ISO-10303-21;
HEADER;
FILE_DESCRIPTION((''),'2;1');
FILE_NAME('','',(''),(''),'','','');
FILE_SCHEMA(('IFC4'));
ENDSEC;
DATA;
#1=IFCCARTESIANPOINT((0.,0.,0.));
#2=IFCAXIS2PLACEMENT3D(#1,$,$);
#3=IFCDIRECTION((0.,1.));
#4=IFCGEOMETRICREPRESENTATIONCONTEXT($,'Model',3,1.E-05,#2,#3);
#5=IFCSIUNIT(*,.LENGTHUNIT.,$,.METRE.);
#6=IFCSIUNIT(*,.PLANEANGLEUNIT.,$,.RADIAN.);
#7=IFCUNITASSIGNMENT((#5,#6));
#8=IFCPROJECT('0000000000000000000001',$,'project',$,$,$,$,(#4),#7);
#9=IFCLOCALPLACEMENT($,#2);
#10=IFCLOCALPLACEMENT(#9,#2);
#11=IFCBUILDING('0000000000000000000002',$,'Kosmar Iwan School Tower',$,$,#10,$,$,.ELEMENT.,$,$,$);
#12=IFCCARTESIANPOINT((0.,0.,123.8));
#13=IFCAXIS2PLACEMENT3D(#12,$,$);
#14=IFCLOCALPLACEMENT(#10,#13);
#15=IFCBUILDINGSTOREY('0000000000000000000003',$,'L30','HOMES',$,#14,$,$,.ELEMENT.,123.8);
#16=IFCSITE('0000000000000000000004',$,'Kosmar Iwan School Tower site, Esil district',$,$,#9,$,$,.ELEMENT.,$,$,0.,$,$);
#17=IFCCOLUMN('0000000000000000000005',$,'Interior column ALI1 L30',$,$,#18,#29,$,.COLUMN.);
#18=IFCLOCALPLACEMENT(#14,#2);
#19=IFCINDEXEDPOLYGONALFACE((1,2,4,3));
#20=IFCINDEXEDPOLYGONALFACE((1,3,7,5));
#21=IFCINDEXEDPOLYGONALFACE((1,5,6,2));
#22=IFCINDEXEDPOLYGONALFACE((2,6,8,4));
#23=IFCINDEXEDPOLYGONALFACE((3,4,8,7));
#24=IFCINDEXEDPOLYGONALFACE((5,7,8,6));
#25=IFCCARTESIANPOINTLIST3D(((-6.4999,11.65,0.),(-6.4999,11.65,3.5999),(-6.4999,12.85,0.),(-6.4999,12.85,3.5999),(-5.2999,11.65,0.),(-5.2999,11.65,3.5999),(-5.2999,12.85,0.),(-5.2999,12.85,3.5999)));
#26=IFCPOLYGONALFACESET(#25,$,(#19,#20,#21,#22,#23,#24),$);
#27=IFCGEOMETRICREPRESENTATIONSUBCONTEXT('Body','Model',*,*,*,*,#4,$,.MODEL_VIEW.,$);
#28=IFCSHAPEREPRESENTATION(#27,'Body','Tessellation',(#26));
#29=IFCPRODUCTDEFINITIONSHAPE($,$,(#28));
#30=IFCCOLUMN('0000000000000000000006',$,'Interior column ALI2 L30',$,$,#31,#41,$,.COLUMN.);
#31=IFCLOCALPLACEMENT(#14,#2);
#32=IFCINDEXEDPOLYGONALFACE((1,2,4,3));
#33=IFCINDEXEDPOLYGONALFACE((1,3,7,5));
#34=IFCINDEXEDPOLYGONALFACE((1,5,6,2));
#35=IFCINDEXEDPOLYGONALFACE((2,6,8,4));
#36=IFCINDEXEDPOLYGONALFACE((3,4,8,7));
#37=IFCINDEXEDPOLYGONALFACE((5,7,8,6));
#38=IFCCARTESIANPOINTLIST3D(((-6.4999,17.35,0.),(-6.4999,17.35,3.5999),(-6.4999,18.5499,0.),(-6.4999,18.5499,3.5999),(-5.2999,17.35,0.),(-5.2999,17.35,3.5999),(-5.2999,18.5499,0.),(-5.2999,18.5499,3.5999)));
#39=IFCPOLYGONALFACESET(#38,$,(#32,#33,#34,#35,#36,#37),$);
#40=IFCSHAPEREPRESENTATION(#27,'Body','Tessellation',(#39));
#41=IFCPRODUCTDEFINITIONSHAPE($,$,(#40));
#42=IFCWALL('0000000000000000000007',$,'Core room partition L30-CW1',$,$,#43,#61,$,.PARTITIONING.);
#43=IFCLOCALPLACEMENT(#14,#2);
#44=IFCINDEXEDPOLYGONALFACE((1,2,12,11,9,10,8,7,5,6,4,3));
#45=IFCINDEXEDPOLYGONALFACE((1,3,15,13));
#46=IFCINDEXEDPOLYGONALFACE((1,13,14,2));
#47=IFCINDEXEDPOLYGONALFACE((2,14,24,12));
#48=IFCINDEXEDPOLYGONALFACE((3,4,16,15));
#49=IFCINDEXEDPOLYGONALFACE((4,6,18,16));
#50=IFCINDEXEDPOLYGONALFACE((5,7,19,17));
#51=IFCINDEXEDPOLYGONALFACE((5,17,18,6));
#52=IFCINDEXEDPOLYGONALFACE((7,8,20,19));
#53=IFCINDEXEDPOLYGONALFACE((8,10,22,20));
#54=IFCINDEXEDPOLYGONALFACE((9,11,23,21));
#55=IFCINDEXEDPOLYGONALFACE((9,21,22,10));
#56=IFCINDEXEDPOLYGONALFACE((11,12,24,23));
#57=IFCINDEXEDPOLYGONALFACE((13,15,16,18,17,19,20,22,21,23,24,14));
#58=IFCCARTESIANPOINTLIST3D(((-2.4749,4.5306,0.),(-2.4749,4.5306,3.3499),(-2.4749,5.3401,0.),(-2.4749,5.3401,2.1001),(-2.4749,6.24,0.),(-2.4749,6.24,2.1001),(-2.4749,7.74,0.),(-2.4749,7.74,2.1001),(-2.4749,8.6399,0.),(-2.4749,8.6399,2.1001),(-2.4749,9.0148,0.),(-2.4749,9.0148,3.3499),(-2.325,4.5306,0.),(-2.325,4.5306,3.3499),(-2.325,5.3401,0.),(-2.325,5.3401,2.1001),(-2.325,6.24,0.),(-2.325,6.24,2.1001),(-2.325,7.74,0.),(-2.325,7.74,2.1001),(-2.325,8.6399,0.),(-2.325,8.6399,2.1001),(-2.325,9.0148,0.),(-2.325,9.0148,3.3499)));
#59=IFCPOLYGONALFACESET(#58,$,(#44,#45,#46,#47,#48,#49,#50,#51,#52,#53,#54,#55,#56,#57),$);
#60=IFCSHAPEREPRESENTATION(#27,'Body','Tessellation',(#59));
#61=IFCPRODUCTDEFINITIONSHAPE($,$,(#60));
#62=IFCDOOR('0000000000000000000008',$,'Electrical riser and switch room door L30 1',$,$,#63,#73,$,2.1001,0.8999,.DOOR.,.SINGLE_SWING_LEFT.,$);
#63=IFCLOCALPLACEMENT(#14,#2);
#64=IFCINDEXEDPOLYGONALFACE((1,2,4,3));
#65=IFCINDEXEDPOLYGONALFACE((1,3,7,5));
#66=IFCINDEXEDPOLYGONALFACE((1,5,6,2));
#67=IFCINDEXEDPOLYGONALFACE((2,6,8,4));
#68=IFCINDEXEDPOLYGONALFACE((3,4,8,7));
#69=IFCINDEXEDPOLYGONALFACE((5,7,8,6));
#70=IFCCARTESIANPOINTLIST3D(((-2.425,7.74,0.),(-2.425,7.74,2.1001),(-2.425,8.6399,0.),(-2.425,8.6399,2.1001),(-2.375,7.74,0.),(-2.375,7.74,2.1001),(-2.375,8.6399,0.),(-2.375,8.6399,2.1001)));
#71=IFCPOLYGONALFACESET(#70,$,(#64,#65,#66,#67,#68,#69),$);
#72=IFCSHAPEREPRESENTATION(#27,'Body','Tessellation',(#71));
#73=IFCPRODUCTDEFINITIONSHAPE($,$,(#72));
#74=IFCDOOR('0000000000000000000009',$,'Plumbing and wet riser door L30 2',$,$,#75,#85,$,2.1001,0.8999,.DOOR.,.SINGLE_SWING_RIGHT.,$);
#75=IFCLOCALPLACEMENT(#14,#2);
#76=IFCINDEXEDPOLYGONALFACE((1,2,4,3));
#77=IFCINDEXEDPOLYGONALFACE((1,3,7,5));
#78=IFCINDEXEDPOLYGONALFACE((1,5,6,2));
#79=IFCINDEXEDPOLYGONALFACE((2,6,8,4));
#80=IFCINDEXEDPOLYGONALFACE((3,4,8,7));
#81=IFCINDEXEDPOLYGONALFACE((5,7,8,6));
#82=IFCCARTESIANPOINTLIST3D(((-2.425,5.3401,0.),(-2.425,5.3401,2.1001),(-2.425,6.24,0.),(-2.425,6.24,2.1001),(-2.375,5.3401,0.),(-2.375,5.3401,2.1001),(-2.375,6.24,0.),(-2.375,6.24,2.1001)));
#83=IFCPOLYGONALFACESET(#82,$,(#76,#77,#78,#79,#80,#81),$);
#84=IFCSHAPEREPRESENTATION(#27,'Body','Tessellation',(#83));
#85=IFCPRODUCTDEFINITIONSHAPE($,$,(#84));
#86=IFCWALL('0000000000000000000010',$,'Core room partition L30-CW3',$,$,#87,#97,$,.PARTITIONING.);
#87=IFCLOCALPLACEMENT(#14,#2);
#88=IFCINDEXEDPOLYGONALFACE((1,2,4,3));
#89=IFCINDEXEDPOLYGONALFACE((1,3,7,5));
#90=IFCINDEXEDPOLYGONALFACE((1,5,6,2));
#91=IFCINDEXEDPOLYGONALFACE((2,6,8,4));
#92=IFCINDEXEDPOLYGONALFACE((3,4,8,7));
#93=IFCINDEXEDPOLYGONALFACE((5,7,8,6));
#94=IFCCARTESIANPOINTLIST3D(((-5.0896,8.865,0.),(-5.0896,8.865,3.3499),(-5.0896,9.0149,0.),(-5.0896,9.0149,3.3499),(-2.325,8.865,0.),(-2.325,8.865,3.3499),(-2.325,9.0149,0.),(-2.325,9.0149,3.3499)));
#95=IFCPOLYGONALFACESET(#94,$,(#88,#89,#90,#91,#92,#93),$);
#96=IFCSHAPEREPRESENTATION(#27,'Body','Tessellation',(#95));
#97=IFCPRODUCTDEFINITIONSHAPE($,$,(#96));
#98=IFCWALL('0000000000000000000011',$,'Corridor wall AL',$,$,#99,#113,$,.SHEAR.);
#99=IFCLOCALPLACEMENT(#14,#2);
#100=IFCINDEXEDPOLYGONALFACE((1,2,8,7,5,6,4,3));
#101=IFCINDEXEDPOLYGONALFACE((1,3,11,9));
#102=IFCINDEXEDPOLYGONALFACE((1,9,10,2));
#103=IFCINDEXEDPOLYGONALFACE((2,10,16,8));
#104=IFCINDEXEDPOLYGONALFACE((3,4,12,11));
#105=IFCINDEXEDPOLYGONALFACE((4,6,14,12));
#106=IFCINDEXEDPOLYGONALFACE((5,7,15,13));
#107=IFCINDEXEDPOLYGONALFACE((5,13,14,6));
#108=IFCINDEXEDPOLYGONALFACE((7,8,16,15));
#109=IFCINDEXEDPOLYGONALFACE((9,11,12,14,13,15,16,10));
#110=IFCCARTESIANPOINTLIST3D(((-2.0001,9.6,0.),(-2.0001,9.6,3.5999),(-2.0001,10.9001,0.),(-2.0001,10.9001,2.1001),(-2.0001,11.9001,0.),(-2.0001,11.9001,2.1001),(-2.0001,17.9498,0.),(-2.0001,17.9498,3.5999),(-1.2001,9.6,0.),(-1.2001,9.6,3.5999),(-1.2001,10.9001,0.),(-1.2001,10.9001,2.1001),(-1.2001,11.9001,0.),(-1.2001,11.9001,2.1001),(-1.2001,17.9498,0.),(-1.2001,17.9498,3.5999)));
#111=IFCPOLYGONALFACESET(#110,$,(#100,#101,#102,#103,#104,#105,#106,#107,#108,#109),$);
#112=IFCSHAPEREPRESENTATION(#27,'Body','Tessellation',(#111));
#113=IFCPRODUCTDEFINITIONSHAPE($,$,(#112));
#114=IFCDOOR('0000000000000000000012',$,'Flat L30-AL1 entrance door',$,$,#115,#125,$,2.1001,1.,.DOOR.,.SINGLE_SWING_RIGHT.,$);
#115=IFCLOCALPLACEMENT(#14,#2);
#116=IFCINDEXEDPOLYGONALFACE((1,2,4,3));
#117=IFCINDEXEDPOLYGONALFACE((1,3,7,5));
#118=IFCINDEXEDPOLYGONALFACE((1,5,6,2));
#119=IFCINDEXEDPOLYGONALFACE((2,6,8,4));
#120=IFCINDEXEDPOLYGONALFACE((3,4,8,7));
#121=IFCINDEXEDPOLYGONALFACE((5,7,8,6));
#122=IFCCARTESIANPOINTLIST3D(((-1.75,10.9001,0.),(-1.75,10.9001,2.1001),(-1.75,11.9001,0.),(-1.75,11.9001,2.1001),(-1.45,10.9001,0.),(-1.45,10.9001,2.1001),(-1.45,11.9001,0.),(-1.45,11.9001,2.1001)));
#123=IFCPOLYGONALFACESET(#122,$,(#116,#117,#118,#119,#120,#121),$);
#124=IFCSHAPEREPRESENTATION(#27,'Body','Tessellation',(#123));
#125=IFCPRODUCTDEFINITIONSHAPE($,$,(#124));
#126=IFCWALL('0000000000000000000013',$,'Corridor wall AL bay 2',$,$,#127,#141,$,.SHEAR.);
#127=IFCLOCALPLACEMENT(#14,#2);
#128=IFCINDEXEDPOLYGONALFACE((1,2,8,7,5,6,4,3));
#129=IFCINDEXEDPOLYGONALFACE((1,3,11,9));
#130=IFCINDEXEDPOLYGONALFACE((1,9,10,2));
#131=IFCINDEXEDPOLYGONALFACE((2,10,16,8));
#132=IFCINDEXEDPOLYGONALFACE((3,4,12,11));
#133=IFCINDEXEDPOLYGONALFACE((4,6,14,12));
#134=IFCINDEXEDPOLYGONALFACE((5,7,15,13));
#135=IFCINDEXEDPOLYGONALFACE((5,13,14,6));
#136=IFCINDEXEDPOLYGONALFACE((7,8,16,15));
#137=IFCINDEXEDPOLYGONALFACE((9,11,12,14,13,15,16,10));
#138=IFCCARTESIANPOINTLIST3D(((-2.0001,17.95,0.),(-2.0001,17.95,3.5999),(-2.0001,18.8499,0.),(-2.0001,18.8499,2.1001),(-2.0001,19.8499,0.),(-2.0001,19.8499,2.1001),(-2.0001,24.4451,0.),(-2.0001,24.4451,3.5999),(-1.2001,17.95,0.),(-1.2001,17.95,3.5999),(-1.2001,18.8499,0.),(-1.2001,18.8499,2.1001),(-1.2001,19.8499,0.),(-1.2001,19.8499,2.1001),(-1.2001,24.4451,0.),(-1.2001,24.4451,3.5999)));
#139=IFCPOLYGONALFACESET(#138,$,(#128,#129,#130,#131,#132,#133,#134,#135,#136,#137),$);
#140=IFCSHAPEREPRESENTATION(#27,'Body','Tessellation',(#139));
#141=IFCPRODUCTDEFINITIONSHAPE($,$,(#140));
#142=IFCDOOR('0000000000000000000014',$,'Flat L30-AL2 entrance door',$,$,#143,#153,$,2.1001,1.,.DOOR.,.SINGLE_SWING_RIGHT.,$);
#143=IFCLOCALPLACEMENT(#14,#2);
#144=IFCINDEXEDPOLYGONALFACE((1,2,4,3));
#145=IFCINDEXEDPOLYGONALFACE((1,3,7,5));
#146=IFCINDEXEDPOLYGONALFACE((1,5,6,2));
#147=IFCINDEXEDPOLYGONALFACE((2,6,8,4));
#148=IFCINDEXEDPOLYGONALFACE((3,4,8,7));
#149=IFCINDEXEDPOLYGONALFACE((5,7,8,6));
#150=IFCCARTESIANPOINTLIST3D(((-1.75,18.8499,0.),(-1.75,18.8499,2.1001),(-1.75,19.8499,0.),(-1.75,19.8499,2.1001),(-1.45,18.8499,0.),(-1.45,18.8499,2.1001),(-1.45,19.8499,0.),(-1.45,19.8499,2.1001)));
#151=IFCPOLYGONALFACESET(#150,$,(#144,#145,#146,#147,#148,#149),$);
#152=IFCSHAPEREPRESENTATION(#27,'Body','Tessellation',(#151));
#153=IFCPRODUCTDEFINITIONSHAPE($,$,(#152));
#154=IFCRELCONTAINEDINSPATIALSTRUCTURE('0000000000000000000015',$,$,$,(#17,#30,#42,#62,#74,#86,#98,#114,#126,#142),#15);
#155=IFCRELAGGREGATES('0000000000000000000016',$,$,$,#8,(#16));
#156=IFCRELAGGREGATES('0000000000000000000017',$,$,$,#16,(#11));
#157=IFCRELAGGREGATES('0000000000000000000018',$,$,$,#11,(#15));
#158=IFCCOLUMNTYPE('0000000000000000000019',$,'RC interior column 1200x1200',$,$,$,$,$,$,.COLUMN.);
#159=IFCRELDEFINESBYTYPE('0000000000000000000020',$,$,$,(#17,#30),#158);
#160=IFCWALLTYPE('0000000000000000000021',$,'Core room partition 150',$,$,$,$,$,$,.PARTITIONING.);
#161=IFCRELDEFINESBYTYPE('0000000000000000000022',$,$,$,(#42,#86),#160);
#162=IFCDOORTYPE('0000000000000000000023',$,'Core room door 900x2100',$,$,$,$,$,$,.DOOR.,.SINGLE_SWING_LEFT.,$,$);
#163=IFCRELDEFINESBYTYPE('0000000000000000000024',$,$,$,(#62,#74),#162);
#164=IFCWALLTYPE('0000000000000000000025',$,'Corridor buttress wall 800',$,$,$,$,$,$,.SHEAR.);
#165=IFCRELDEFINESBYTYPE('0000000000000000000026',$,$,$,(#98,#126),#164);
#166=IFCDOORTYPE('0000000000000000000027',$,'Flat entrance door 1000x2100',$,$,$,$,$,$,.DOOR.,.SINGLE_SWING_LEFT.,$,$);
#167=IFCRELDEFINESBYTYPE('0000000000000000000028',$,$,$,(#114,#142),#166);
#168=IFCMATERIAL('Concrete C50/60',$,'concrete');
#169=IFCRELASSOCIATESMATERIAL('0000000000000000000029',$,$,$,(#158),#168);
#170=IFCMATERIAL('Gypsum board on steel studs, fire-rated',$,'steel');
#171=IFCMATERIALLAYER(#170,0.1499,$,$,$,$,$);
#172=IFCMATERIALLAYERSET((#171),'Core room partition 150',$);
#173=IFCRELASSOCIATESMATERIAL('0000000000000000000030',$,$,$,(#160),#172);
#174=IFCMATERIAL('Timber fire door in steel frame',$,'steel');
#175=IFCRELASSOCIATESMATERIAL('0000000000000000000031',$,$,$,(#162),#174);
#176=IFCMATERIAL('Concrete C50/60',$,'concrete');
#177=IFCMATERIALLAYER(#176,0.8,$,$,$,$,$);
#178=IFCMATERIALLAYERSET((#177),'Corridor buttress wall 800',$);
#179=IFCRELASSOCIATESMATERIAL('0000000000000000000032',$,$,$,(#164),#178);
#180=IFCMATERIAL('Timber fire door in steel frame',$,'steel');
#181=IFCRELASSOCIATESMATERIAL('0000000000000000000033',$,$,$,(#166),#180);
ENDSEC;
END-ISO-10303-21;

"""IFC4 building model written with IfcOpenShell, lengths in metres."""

from ifc_helpers import new_model, si_unit, direction, frame, frame_2d, origin, origin_2d, place, context, subcontext, project, spatial, rectangle, extrude, material, layer, layer_set, material_profile, profile_set, type_object, element, fill, save


model = new_model("IFC4")

# Units and contexts
model_context = context("Model", 3, precision=1e-05, world=origin(), true_north=direction((0.0, 1.0)))
body_context = subcontext(model_context, "Body", "Model", "MODEL_VIEW")
ifc_project = project(units=[si_unit("LENGTHUNIT", "METRE"), si_unit("PLANEANGLEUNIT", "RADIAN")], contexts=[model_context])

# Site, building, storey
site_placement = place(None, origin())
site = spatial("IfcSite", under=ifc_project, at=site_placement, Name="Kosmar Iwan School Tower site, Esil district", CompositionType="ELEMENT", RefElevation=0.0)
building_placement = place(site_placement, origin())
building = spatial("IfcBuilding", under=site, at=building_placement, Name="Kosmar Iwan School Tower", CompositionType="ELEMENT")
storey_placement = place(building_placement, frame((0.0, 0.0, 123.8)))
storey = spatial("IfcBuildingStorey", under=building, at=storey_placement, Name="L30", Description="HOMES", CompositionType="ELEMENT", Elevation=123.8)

# Columns
ifc_material_1 = material(Name="Concrete C50/60", Category="concrete")
ifc_material_profile = material_profile(ifc_material_1, rectangle(XDim=1.2, YDim=1.2, at=origin_2d()), Name="RC 1200x1200")
ifc_profile_set = profile_set([ifc_material_profile], Name="Concrete C50/60")
column_type = type_object("IfcColumnType", Name="RC interior column 1200x1200", PredefinedType="COLUMN", material=ifc_profile_set)
for number, where, z_axis, x_axis, name in (
    (1, (-5.8999, 12.25, 0.0), (0.0, 0.0, 1.0), (0.0, 1.0, 0.0), "Interior column ALI1 L30"),
    (2, (-5.8999, 17.95, 0.0), (0.0, 0.0, 1.0), (0.0, 1.0, 0.0), "Interior column ALI2 L30"),
):
    element("IfcColumn", number, at=place(storey_placement, frame(where, z_axis=z_axis, x_axis=x_axis)), inside=storey, type_object=column_type, Name=name, PredefinedType="COLUMN", context=body_context, shape_type="SweptSolid", body=[
        extrude(rectangle(XDim=1.2, YDim=1.2, at=origin_2d()), origin(), (0.0, 0.0, 1.0), 3.5999),
    ])

# Wall, openings, doors
ifc_material_2 = material(Name="Gypsum board on steel studs, fire-rated", Category="steel")
ifc_layer_1 = layer(ifc_material_2, 0.1499)
ifc_layer_set_1 = layer_set([ifc_layer_1], Name="Core room partition 150")
wall_type_1 = type_object("IfcWallType", Name="Core room partition 150", PredefinedType="PARTITIONING", material=ifc_layer_set_1)
wall_1_placement = place(storey_placement, frame((-2.3999, 9.0149, 0.0), z_axis=(0.0, 0.0, 1.0), x_axis=(0.0, -1.0, 0.0)))
wall_1 = element("IfcWall", 3, at=wall_1_placement, inside=storey, type_object=wall_type_1, Name="Core room partition L30-CW1", PredefinedType="PARTITIONING", context=body_context, shape_type="SweptSolid", body=[
    extrude(rectangle(XDim=4.4841, YDim=0.1499, at=frame_2d((2.2422, 0.0))), origin(), (0.0, 0.0, 1.0), 3.3499),
])
opening_1_placement = place(wall_1_placement, frame((0.375, 0.0, 0.0)))
opening_1 = element("IfcOpeningElement", 4, at=opening_1_placement, cuts=wall_1, PredefinedType="OPENING", context=body_context, shape_type="SweptSolid", body=[
    extrude(rectangle(XDim=0.8999, YDim=2.1001, at=frame_2d((0.45, 1.05))), frame((0.0, 0.0869, 0.0), z_axis=(0.0, -1.0, 0.0), x_axis=(1.0, 0.0, 0.0)), (0.0, 0.0, 1.0), 0.1738),
])
opening_2_placement = place(wall_1_placement, frame((2.7749, 0.0, 0.0)))
opening_2 = element("IfcOpeningElement", 5, at=opening_2_placement, cuts=wall_1, PredefinedType="OPENING", context=body_context, shape_type="SweptSolid", body=[
    extrude(rectangle(XDim=0.8999, YDim=2.1001, at=frame_2d((0.45, 1.05))), frame((0.0, 0.0869, 0.0), z_axis=(0.0, -1.0, 0.0), x_axis=(1.0, 0.0, 0.0)), (0.0, 0.0, 1.0), 0.1738),
])
ifc_material_3 = material(Name="Timber fire door in steel frame", Category="steel")
door_type_1 = type_object("IfcDoorType", Name="Core room door 900x2100", OperationType="SINGLE_SWING_LEFT", PredefinedType="DOOR", material=ifc_material_3)
door_1_placement = place(opening_1_placement, origin())
door_1 = element("IfcDoor", 6, at=door_1_placement, inside=storey, type_object=door_type_1, Name="Electrical riser and switch room door L30 1", OperationType="SINGLE_SWING_LEFT", OverallHeight=2.1001, OverallWidth=0.8999, PredefinedType="DOOR", context=body_context, shape_type="SweptSolid", body=[
    extrude(rectangle(XDim=0.8999, YDim=2.1001, at=frame_2d((0.45, 1.05))), frame((0.0, 0.0249, 0.0), z_axis=(0.0, -1.0, 0.0), x_axis=(1.0, 0.0, 0.0)), (0.0, 0.0, 1.0), 0.05),
])
fill(opening_1, door_1)
door_2_placement = place(opening_2_placement, origin())
door_2 = element("IfcDoor", 7, at=door_2_placement, inside=storey, type_object=door_type_1, Name="Plumbing and wet riser door L30 2", OperationType="SINGLE_SWING_RIGHT", OverallHeight=2.1001, OverallWidth=0.8999, PredefinedType="DOOR", context=body_context, shape_type="SweptSolid", body=[
    extrude(rectangle(XDim=0.8999, YDim=2.1001, at=frame_2d((0.45, 1.05))), frame((0.0, 0.0249, 0.0), z_axis=(0.0, -1.0, 0.0), x_axis=(1.0, 0.0, 0.0)), (0.0, 0.0, 1.0), 0.05),
])
fill(opening_2, door_2)

# Wall
wall_2_placement = place(storey_placement, frame((-5.0896, 8.9399, 0.0), z_axis=(0.0, 0.0, 1.0), x_axis=(1.0, 0.0, 0.0)))
element("IfcWall", 8, at=wall_2_placement, inside=storey, type_object=wall_type_1, Name="Core room partition L30-CW3", PredefinedType="PARTITIONING", context=body_context, shape_type="SweptSolid", body=[
    extrude(rectangle(XDim=2.7646, YDim=0.1499, at=frame_2d((1.3823, 0.0))), origin(), (0.0, 0.0, 1.0), 3.3499),
])

# Walls, openings, doors
ifc_material_4 = material(Name="Concrete C50/60", Category="concrete")
ifc_layer_2 = layer(ifc_material_4, 0.8)
ifc_layer_set_2 = layer_set([ifc_layer_2], Name="Corridor buttress wall 800")
wall_type_2 = type_object("IfcWallType", Name="Corridor buttress wall 800", PredefinedType="SHEAR", material=ifc_layer_set_2)
wall_3_placement = place(storey_placement, frame((-1.6001, 9.6001, 0.0), z_axis=(0.0, 0.0, 1.0), x_axis=(0.0, 1.0, 0.0)))
wall_3 = element("IfcWall", 9, at=wall_3_placement, inside=storey, type_object=wall_type_2, Name="Corridor wall AL", PredefinedType="SHEAR", context=body_context, shape_type="SweptSolid", body=[
    extrude(rectangle(XDim=8.3499, YDim=0.8, at=frame_2d((4.1748, 0.0))), origin(), (0.0, 0.0, 1.0), 3.5999),
])
opening_3_placement = place(wall_3_placement, frame((1.3, 0.0, 0.0)))
opening_3 = element("IfcOpeningElement", 10, at=opening_3_placement, cuts=wall_3, PredefinedType="OPENING", context=body_context, shape_type="SweptSolid", body=[
    extrude(rectangle(XDim=1.0, YDim=2.1001, at=frame_2d((0.5, 1.05))), frame((0.0, 0.4121, 0.0), z_axis=(0.0, -1.0, 0.0), x_axis=(1.0, 0.0, 0.0)), (0.0, 0.0, 1.0), 0.824),
])
ifc_material_5 = material(Name="Timber fire door in steel frame", Category="steel")
door_type_2 = type_object("IfcDoorType", Name="Flat entrance door 1000x2100", OperationType="SINGLE_SWING_LEFT", PredefinedType="DOOR", material=ifc_material_5)
door_3_placement = place(opening_3_placement, origin())
door_3 = element("IfcDoor", 11, at=door_3_placement, inside=storey, type_object=door_type_2, Name="Flat L30-AL1 entrance door", OperationType="SINGLE_SWING_RIGHT", OverallHeight=2.1001, OverallWidth=1.0, PredefinedType="DOOR", context=body_context, shape_type="SweptSolid", body=[
    extrude(rectangle(XDim=1.0, YDim=2.1001, at=frame_2d((0.5, 1.05))), frame((0.0, 0.1499, 0.0), z_axis=(0.0, -1.0, 0.0), x_axis=(1.0, 0.0, 0.0)), (0.0, 0.0, 1.0), 0.3),
])
fill(opening_3, door_3)
wall_4_placement = place(storey_placement, frame((-1.6001, 17.95, 0.0), z_axis=(0.0, 0.0, 1.0), x_axis=(0.0, 1.0, 0.0)))
wall_4 = element("IfcWall", 12, at=wall_4_placement, inside=storey, type_object=wall_type_2, Name="Corridor wall AL bay 2", PredefinedType="SHEAR", context=body_context, shape_type="SweptSolid", body=[
    extrude(rectangle(XDim=6.4951, YDim=0.8, at=frame_2d((3.2476, 0.0))), origin(), (0.0, 0.0, 1.0), 3.5999),
])
opening_4_placement = place(wall_4_placement, frame((0.8999, 0.0, 0.0)))
opening_4 = element("IfcOpeningElement", 13, at=opening_4_placement, cuts=wall_4, PredefinedType="OPENING", context=body_context, shape_type="SweptSolid", body=[
    extrude(rectangle(XDim=1.0, YDim=2.1001, at=frame_2d((0.5, 1.05))), frame((0.0, 0.4121, 0.0), z_axis=(0.0, -1.0, 0.0), x_axis=(1.0, 0.0, 0.0)), (0.0, 0.0, 1.0), 0.824),
])
door_4_placement = place(opening_4_placement, origin())
door_4 = element("IfcDoor", 14, at=door_4_placement, inside=storey, type_object=door_type_2, Name="Flat L30-AL2 entrance door", OperationType="SINGLE_SWING_RIGHT", OverallHeight=2.1001, OverallWidth=1.0, PredefinedType="DOOR", context=body_context, shape_type="SweptSolid", body=[
    extrude(rectangle(XDim=1.0, YDim=2.1001, at=frame_2d((0.5, 1.05))), frame((0.0, 0.1499, 0.0), z_axis=(0.0, -1.0, 0.0), x_axis=(1.0, 0.0, 0.0)), (0.0, 0.0, 1.0), 0.3),
])
fill(opening_4, door_4)

save(model, "model.ifc")
